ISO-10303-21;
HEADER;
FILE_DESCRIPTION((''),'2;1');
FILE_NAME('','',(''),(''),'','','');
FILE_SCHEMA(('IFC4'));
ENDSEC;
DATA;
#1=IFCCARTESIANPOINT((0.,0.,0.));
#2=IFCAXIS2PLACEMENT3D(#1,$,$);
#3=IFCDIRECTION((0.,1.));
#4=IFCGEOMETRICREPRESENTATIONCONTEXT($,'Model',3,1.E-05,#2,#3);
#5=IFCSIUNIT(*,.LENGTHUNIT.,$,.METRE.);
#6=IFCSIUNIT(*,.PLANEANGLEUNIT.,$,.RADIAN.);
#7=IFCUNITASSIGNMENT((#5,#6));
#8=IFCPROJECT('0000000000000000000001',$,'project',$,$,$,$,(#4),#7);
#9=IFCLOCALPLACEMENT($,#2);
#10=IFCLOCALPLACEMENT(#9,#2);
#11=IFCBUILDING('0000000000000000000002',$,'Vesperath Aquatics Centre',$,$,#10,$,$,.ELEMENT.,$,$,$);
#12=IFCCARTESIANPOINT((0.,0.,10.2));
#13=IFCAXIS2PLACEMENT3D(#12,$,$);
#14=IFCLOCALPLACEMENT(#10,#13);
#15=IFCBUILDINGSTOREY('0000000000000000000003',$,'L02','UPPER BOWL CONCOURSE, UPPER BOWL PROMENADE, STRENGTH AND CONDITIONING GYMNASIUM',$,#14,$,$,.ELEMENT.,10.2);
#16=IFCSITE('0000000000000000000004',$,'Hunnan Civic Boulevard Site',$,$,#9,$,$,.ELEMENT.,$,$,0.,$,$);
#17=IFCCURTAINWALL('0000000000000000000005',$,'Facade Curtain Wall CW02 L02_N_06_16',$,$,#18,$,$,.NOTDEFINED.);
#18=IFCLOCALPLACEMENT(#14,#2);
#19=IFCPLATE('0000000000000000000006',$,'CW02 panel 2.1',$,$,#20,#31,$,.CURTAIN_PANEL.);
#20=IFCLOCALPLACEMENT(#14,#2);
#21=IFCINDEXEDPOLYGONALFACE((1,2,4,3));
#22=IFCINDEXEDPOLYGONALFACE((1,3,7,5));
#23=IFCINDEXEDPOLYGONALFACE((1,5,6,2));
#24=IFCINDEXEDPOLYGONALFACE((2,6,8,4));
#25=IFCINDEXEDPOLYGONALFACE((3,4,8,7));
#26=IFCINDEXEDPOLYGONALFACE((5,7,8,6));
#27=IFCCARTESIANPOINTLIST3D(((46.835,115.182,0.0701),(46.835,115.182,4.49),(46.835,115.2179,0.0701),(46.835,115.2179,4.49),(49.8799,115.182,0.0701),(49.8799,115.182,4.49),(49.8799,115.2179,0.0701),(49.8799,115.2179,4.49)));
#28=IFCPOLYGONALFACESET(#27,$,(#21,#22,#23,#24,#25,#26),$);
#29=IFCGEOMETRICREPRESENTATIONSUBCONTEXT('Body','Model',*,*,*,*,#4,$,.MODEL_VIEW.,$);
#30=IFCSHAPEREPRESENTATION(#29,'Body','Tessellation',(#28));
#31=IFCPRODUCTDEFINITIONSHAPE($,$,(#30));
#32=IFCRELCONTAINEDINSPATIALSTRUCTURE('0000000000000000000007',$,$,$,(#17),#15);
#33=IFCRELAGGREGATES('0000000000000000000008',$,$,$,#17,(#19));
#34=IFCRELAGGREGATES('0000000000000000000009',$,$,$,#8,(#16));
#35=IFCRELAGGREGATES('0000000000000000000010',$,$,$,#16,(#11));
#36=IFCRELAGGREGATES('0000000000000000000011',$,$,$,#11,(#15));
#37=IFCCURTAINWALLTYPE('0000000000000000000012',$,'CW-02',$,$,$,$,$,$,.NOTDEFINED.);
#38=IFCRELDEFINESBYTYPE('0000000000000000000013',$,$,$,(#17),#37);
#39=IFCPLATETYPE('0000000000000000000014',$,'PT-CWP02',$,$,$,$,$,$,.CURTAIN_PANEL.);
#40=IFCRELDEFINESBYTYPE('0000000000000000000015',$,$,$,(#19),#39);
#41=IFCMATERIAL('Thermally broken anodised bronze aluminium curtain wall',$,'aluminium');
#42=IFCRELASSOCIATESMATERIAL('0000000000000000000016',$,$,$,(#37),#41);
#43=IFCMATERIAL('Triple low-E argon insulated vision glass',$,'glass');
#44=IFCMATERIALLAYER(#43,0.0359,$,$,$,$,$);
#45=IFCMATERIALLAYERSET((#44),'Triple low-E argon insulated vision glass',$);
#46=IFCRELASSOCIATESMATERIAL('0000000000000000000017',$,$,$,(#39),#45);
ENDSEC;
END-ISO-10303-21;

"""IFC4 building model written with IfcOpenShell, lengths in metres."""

from ifc_helpers import new_model, si_unit, direction, frame, origin, origin_2d, place, context, subcontext, project, spatial, rectangle, extrude, material, layer, layer_set, type_object, element, aggregate, save


model = new_model("IFC4")

# Units and contexts
model_context = context("Model", 3, precision=1e-05, world=origin(), true_north=direction((0.0, 1.0)))
body_context = subcontext(model_context, "Body", "Model", "MODEL_VIEW")
ifc_project = project(units=[si_unit("LENGTHUNIT", "METRE"), si_unit("PLANEANGLEUNIT", "RADIAN")], contexts=[model_context])

# Site, building, storey
site_placement = place(None, origin())
site = spatial("IfcSite", under=ifc_project, at=site_placement, Name="Hunnan Civic Boulevard Site", CompositionType="ELEMENT", RefElevation=0.0)
building_placement = place(site_placement, origin())
building = spatial("IfcBuilding", under=site, at=building_placement, Name="Vesperath Aquatics Centre", CompositionType="ELEMENT")
storey_placement = place(building_placement, frame((0.0, 0.0, 10.2)))
storey = spatial("IfcBuildingStorey", under=building, at=storey_placement, Name="L02", Description="UPPER BOWL CONCOURSE, UPPER BOWL PROMENADE, STRENGTH AND CONDITIONING GYMNASIUM", CompositionType="ELEMENT", Elevation=10.2)

# Curtain wall
ifc_material_1 = material(Name="Thermally broken anodised bronze aluminium curtain wall", Category="aluminium")
curtain_wall_type = type_object("IfcCurtainWallType", Name="CW-02", PredefinedType="NOTDEFINED", material=ifc_material_1)
curtain_wall_1_placement = place(storey_placement, origin())
curtain_wall_1 = element("IfcCurtainWall", 1, at=curtain_wall_1_placement, inside=storey, type_object=curtain_wall_type, Name="Facade Curtain Wall CW02 L02_N_06_16", PredefinedType="NOTDEFINED")

# Plate
ifc_material_2 = material(Name="Triple low-E argon insulated vision glass", Category="glass")
ifc_layer_1 = layer(ifc_material_2, 0.0359)
ifc_layer_set_1 = layer_set([ifc_layer_1], Name="Triple low-E argon insulated vision glass")
plate_type_1 = type_object("IfcPlateType", Name="PT-CWP02", PredefinedType="CURTAIN_PANEL", material=ifc_layer_set_1)
plate_1_placement = place(storey_placement, frame((48.3574, 115.2, 0.0701), z_axis=(0.0, 0.0, 1.0), x_axis=(1.0, 0.0, 0.0)))
plate_1 = element("IfcPlate", 2, at=plate_1_placement, type_object=plate_type_1, Name="CW02 panel 2.1", PredefinedType="CURTAIN_PANEL", context=body_context, shape_type="SweptSolid", body=[
    extrude(rectangle(XDim=3.0449, YDim=0.0359, at=origin_2d()), origin(), (0.0, 0.0, 1.0), 4.4199),
])
aggregate(curtain_wall_1, [plate_1])

save(model, "model.ifc")
